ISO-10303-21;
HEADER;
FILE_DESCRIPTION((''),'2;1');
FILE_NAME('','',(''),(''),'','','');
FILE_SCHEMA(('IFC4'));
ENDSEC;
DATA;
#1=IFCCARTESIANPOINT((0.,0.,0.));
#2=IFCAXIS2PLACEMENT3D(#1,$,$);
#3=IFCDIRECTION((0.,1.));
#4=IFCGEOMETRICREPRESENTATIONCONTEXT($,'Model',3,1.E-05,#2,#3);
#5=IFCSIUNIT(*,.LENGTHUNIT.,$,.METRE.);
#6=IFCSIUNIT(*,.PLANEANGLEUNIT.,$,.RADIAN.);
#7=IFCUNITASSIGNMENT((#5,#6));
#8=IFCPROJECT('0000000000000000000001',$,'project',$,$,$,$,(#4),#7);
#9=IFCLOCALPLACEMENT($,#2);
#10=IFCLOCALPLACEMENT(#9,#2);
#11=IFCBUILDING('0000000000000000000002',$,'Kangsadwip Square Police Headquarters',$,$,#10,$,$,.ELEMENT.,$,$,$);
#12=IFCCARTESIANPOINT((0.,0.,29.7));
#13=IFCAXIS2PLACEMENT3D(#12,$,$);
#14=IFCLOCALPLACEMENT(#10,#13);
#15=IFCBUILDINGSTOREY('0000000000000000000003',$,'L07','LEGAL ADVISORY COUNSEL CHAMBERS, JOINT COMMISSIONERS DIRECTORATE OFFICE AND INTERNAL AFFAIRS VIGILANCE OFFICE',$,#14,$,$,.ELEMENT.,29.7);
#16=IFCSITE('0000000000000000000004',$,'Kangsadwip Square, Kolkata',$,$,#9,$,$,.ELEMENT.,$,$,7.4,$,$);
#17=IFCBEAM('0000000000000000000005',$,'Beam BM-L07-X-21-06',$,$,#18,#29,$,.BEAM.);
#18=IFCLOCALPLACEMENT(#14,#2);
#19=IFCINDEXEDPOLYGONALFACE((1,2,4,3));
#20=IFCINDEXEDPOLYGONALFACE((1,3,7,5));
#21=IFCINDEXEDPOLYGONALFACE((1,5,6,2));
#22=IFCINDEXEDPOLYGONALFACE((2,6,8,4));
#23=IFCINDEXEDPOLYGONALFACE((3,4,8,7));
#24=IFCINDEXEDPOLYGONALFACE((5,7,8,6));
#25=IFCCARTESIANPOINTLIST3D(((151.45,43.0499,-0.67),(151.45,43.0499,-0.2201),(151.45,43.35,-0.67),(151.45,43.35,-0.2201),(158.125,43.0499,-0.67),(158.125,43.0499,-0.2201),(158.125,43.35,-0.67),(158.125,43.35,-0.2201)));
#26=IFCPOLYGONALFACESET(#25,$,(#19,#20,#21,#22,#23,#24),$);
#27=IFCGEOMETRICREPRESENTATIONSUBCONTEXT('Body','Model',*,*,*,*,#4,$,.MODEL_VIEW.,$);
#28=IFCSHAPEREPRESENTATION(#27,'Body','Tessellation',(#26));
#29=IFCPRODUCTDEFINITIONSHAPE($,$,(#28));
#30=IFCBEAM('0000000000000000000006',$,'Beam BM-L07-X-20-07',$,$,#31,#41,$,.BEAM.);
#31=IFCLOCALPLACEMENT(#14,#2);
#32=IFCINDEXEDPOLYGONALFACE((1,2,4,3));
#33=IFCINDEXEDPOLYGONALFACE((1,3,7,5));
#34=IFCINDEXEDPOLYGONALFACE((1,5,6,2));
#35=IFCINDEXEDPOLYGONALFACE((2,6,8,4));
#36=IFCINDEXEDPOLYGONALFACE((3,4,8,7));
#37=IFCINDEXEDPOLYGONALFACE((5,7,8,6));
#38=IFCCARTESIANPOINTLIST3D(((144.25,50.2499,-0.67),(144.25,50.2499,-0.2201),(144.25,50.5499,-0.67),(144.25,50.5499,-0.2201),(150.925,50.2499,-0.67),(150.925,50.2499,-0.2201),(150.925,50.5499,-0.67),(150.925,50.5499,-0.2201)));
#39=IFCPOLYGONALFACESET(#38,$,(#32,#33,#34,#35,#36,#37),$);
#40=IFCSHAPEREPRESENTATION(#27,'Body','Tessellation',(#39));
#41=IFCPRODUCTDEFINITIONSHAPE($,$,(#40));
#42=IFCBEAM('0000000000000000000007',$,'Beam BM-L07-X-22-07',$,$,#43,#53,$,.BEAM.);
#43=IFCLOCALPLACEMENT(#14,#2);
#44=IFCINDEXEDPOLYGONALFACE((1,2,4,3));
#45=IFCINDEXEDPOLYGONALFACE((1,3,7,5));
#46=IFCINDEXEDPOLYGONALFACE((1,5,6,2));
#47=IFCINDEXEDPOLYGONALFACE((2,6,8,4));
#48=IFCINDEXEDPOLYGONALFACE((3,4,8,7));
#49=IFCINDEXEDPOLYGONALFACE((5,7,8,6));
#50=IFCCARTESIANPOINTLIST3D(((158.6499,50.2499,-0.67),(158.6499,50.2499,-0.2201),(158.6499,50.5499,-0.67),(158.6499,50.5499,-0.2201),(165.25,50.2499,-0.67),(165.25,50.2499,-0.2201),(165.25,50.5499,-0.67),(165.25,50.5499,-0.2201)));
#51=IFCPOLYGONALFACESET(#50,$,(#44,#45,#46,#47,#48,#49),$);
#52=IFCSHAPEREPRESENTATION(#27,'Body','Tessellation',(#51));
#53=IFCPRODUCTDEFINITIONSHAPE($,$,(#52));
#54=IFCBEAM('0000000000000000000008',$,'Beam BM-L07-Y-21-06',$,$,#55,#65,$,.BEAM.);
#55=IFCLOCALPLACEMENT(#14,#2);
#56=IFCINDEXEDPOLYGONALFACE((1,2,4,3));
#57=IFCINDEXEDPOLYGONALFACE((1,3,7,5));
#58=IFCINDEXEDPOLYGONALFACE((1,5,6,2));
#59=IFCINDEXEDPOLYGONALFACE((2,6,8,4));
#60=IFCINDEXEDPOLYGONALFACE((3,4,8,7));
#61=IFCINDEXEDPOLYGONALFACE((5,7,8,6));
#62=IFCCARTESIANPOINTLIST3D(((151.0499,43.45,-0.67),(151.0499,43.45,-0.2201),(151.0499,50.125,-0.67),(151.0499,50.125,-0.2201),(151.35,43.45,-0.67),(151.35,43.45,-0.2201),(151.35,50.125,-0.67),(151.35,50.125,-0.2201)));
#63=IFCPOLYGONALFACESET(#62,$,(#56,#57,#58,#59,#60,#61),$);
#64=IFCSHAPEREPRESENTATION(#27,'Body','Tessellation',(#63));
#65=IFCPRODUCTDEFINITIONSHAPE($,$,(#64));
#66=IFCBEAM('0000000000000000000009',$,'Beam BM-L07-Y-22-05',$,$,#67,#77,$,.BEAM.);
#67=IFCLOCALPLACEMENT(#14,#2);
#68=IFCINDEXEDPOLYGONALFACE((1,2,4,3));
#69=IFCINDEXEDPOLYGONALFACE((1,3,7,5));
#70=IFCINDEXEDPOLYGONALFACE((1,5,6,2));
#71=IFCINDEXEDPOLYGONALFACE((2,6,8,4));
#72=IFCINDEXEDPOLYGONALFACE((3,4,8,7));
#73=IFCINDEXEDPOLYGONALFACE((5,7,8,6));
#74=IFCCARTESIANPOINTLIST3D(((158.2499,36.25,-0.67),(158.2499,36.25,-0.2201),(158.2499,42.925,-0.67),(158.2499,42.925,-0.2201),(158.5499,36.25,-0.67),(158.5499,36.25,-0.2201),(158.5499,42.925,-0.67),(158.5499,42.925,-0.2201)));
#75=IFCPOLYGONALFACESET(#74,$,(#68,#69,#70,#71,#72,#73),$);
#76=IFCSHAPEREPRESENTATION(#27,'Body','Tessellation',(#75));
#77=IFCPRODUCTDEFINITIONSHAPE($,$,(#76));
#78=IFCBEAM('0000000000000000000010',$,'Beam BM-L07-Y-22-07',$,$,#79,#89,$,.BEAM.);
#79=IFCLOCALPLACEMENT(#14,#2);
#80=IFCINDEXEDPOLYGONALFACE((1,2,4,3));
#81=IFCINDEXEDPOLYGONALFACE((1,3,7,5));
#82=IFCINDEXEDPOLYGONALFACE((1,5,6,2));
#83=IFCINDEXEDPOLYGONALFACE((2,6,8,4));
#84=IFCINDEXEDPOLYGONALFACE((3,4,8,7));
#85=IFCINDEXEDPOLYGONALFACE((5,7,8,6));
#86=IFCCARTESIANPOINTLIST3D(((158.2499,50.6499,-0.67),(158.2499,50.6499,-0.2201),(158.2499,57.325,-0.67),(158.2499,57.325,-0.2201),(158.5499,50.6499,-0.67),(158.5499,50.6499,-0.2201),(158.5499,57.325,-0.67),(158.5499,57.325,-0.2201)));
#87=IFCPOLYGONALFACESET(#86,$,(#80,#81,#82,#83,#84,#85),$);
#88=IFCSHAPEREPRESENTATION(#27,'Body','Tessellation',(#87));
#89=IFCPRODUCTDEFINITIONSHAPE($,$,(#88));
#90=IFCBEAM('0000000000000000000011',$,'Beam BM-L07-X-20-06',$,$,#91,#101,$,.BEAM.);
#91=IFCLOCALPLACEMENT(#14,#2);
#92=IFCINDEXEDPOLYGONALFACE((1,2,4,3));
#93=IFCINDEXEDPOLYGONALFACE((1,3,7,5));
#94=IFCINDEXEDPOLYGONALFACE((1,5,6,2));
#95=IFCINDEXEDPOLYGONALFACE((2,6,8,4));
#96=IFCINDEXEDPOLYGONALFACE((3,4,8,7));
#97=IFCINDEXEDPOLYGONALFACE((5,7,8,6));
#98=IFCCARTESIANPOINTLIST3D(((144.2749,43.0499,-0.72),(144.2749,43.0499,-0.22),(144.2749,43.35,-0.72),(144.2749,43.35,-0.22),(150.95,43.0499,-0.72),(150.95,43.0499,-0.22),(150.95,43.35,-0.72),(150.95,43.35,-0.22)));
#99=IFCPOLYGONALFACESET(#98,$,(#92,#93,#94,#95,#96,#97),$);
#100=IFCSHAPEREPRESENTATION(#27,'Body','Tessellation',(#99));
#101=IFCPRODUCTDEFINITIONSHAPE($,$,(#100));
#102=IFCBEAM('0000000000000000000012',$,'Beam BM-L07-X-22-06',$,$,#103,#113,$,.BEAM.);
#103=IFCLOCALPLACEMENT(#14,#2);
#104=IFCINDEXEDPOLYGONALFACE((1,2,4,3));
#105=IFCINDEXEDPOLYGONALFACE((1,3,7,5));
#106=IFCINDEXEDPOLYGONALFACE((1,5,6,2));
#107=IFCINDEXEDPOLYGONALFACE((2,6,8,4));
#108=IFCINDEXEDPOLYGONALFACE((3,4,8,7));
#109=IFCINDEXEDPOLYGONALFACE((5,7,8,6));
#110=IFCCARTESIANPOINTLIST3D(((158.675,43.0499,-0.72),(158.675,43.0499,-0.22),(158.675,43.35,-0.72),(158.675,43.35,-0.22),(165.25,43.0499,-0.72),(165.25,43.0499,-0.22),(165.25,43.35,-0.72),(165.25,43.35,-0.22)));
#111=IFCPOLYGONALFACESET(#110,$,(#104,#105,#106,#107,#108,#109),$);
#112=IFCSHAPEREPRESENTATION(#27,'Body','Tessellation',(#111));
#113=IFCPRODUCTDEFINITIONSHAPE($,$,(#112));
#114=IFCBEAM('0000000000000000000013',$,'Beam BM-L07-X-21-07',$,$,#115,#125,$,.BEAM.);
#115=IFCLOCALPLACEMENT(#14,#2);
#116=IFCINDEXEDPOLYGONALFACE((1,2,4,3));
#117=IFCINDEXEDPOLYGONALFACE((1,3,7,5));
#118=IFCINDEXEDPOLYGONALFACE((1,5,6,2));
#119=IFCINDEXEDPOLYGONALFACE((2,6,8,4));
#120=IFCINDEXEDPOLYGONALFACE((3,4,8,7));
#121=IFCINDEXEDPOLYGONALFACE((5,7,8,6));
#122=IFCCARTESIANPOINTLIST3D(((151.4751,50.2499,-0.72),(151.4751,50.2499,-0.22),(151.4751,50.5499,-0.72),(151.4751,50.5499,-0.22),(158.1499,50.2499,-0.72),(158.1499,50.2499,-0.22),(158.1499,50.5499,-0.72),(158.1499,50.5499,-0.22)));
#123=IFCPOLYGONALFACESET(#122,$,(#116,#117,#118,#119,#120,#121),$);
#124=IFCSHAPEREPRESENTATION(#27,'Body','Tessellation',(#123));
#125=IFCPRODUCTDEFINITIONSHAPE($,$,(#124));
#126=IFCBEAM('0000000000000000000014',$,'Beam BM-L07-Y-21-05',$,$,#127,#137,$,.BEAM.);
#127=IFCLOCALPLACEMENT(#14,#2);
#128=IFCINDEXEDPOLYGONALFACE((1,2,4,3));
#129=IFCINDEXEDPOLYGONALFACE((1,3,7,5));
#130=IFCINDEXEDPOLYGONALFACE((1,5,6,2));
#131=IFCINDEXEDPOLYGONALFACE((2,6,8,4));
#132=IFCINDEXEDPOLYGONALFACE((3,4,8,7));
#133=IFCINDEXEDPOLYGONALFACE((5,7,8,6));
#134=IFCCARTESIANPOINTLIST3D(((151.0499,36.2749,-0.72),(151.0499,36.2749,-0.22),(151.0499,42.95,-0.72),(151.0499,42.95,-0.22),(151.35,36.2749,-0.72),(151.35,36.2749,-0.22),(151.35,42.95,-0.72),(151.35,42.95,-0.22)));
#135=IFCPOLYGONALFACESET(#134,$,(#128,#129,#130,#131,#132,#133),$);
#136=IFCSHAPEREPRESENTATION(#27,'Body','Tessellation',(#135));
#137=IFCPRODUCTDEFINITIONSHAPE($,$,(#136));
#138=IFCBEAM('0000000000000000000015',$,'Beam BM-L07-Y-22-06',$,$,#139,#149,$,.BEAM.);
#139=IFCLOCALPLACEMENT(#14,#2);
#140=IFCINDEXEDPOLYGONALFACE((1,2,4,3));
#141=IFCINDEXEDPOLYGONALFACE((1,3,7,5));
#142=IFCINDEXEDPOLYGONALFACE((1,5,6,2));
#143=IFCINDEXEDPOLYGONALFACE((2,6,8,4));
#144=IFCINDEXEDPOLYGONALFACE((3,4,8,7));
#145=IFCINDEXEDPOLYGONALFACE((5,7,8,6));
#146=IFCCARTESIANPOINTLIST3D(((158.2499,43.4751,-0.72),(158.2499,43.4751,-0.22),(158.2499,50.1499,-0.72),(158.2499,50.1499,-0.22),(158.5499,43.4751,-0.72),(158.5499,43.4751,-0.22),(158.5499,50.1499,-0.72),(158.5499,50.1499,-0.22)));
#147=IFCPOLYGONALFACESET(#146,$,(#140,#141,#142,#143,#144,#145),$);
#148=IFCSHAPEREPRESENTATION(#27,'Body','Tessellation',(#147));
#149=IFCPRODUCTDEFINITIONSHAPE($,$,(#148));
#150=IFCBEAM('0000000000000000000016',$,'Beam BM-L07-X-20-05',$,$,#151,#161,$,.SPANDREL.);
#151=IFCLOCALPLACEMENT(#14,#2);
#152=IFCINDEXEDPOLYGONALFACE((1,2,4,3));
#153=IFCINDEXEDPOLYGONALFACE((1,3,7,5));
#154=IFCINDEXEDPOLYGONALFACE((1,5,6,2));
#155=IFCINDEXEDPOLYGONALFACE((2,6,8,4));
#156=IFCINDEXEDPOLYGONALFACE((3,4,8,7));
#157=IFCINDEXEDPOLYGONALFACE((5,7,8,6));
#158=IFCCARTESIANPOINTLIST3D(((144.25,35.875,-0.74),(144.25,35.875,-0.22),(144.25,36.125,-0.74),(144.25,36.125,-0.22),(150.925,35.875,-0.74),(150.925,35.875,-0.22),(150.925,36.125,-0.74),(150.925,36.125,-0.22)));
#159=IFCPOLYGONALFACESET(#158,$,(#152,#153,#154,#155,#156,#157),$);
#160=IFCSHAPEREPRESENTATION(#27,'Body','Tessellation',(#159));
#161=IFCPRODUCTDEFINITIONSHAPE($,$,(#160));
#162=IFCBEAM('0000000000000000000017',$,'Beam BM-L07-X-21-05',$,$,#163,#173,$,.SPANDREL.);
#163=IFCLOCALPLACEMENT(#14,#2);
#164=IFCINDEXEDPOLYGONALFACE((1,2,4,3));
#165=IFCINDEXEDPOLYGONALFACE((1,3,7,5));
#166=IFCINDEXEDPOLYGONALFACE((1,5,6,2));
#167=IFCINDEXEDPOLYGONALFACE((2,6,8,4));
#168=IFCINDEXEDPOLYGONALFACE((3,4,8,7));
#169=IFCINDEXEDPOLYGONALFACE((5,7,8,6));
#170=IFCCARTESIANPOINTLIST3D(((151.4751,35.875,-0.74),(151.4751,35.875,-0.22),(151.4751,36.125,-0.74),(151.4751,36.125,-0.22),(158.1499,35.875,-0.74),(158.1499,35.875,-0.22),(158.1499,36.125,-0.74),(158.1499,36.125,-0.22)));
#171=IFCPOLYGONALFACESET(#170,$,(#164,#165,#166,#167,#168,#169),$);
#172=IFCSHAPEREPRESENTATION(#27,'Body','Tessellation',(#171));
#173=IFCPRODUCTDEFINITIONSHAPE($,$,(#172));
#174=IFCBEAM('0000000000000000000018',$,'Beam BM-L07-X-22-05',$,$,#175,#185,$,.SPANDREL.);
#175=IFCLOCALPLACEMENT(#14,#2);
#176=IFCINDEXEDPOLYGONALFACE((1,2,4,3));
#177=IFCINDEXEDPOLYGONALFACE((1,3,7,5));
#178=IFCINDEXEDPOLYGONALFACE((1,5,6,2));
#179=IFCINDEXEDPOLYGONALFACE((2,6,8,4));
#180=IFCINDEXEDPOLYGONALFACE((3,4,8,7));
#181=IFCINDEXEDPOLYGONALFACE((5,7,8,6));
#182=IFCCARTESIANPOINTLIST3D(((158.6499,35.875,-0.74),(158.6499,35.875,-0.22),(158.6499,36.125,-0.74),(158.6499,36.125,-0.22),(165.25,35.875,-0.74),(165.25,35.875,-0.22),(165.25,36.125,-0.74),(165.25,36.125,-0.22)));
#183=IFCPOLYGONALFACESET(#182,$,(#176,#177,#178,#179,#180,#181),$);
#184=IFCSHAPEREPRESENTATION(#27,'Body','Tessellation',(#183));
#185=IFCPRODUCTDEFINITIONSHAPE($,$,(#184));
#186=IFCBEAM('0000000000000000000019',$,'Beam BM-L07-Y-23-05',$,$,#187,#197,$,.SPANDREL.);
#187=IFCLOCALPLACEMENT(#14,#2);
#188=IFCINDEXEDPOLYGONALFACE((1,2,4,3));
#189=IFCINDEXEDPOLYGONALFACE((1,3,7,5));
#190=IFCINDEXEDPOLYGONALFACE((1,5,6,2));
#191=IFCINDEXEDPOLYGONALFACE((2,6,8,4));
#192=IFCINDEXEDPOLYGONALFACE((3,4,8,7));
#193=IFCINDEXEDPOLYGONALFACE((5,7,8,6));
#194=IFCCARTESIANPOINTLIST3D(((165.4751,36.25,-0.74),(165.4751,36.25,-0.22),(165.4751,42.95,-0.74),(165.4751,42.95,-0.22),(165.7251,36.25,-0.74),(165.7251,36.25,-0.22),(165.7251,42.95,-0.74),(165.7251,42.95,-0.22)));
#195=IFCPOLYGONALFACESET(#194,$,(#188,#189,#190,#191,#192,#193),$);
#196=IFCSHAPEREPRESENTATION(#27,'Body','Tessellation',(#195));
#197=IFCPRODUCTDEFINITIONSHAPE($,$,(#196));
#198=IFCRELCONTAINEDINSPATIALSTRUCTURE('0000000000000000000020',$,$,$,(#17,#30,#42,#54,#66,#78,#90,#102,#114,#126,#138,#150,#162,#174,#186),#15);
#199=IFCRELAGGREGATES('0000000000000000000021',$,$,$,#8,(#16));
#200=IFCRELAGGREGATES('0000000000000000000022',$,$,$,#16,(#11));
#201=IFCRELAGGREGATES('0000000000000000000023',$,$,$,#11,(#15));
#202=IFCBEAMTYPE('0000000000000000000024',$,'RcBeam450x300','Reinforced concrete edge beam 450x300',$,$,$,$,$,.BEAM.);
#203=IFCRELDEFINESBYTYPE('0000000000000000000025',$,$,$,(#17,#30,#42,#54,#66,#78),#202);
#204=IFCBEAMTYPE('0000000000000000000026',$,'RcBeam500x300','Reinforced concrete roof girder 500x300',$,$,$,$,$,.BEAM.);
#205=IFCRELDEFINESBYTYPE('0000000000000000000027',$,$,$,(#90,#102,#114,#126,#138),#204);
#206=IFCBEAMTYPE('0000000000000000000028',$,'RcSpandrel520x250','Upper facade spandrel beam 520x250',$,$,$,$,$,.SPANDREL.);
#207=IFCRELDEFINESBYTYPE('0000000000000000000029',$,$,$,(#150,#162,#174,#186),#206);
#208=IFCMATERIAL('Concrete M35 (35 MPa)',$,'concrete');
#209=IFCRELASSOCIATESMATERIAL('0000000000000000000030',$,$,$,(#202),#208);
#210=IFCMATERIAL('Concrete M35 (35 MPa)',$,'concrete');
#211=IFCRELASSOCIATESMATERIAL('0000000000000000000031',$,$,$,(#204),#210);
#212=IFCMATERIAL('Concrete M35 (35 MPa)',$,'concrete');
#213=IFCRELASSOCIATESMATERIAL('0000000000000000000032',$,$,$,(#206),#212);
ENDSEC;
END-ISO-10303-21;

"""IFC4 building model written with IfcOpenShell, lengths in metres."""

from ifc_helpers import new_model, si_unit, direction, frame, origin, origin_2d, place, context, subcontext, project, spatial, rectangle, extrude, material, material_profile, profile_set, type_object, element, save


model = new_model("IFC4")

# Units and contexts
model_context = context("Model", 3, precision=1e-05, world=origin(), true_north=direction((0.0, 1.0)))
body_context = subcontext(model_context, "Body", "Model", "MODEL_VIEW")
ifc_project = project(units=[si_unit("LENGTHUNIT", "METRE"), si_unit("PLANEANGLEUNIT", "RADIAN")], contexts=[model_context])

# Site, building, storey
site_placement = place(None, origin())
site = spatial("IfcSite", under=ifc_project, at=site_placement, Name="Kangsadwip Square, Kolkata", CompositionType="ELEMENT", RefElevation=7.4)
building_placement = place(site_placement, origin())
building = spatial("IfcBuilding", under=site, at=building_placement, Name="Kangsadwip Square Police Headquarters", CompositionType="ELEMENT")
storey_placement = place(building_placement, frame((0.0, 0.0, 29.7)))
storey = spatial("IfcBuildingStorey", under=building, at=storey_placement, Name="L07", Description="LEGAL ADVISORY COUNSEL CHAMBERS, JOINT COMMISSIONERS DIRECTORATE OFFICE AND INTERNAL AFFAIRS VIGILANCE OFFICE", CompositionType="ELEMENT", Elevation=29.7)

# Beams
ifc_material_1 = material(Name="Concrete M35 (35 MPa)", Category="concrete")
ifc_material_profile_1 = material_profile(ifc_material_1, rectangle(XDim=0.3, YDim=0.45, at=origin_2d()), Name="RC BM 450X300")
ifc_profile_set_1 = profile_set([ifc_material_profile_1], Name="Concrete M35 (35 MPa)")
beam_type_1 = type_object("IfcBeamType", Name="RcBeam450x300", Description="Reinforced concrete edge beam 450x300", PredefinedType="BEAM", material=ifc_profile_set_1)
for number, where, z_axis, x_axis, name in (
    (1, (151.45, 43.2, -0.4451), (1.0, 0.0, 0.0), (0.0, 1.0, 0.0), "Beam BM-L07-X-21-06"),
    (2, (144.25, 50.3999, -0.4451), (1.0, 0.0, 0.0), (0.0, 1.0, 0.0), "Beam BM-L07-X-20-07"),
):
    element("IfcBeam", number, at=place(storey_placement, frame(where, z_axis=z_axis, x_axis=x_axis)), inside=storey, type_object=beam_type_1, Name=name, PredefinedType="BEAM", context=body_context, shape_type="SweptSolid", body=[
        extrude(rectangle(XDim=0.3, YDim=0.45, at=origin_2d()), origin(), (0.0, 0.0, 1.0), 6.675),
    ])
beam_1_placement = place(storey_placement, frame((158.6499, 50.3999, -0.4451), z_axis=(1.0, 0.0, 0.0), x_axis=(0.0, 1.0, 0.0)))
element("IfcBeam", 3, at=beam_1_placement, inside=storey, type_object=beam_type_1, Name="Beam BM-L07-X-22-07", PredefinedType="BEAM", context=body_context, shape_type="SweptSolid", body=[
    extrude(rectangle(XDim=0.3, YDim=0.45, at=origin_2d()), origin(), (0.0, 0.0, 1.0), 6.6001),
])
for number, where, z_axis, x_axis, name in (
    (4, (151.2, 43.45, -0.4451), (0.0, 1.0, 0.0), (-1.0, 0.0, 0.0), "Beam BM-L07-Y-21-06"),
    (5, (158.3999, 36.25, -0.4451), (0.0, 1.0, 0.0), (-1.0, 0.0, 0.0), "Beam BM-L07-Y-22-05"),
    (6, (158.3999, 50.6499, -0.4451), (0.0, 1.0, 0.0), (-1.0, 0.0, 0.0), "Beam BM-L07-Y-22-07"),
):
    element("IfcBeam", number, at=place(storey_placement, frame(where, z_axis=z_axis, x_axis=x_axis)), inside=storey, type_object=beam_type_1, Name=name, PredefinedType="BEAM", context=body_context, shape_type="SweptSolid", body=[
        extrude(rectangle(XDim=0.3, YDim=0.45, at=origin_2d()), origin(), (0.0, 0.0, 1.0), 6.675),
    ])
ifc_material_2 = material(Name="Concrete M35 (35 MPa)", Category="concrete")
ifc_material_profile_2 = material_profile(ifc_material_2, rectangle(XDim=0.3, YDim=0.5, at=origin_2d()), Name="RC BM 500X300")
ifc_profile_set_2 = profile_set([ifc_material_profile_2], Name="Concrete M35 (35 MPa)")
beam_type_2 = type_object("IfcBeamType", Name="RcBeam500x300", Description="Reinforced concrete roof girder 500x300", PredefinedType="BEAM", material=ifc_profile_set_2)
beam_2_placement = place(storey_placement, frame((144.2749, 43.2, -0.47), z_axis=(1.0, 0.0, 0.0), x_axis=(0.0, 1.0, 0.0)))
element("IfcBeam", 7, at=beam_2_placement, inside=storey, type_object=beam_type_2, Name="Beam BM-L07-X-20-06", PredefinedType="BEAM", context=body_context, shape_type="SweptSolid", body=[
    extrude(rectangle(XDim=0.3, YDim=0.5, at=origin_2d()), origin(), (0.0, 0.0, 1.0), 6.675),
])
beam_3_placement = place(storey_placement, frame((158.675, 43.2, -0.47), z_axis=(1.0, 0.0, 0.0), x_axis=(0.0, 1.0, 0.0)))
element("IfcBeam", 8, at=beam_3_placement, inside=storey, type_object=beam_type_2, Name="Beam BM-L07-X-22-06", PredefinedType="BEAM", context=body_context, shape_type="SweptSolid", body=[
    extrude(rectangle(XDim=0.3, YDim=0.5, at=origin_2d()), origin(), (0.0, 0.0, 1.0), 6.575),
])
beam_4_placement = place(storey_placement, frame((151.4751, 50.3999, -0.47), z_axis=(1.0, 0.0, 0.0), x_axis=(0.0, 1.0, 0.0)))
element("IfcBeam", 9, at=beam_4_placement, inside=storey, type_object=beam_type_2, Name="Beam BM-L07-X-21-07", PredefinedType="BEAM", context=body_context, shape_type="SweptSolid", body=[
    extrude(rectangle(XDim=0.3, YDim=0.5, at=origin_2d()), origin(), (0.0, 0.0, 1.0), 6.6748),
])
beam_5_placement = place(storey_placement, frame((151.2, 36.2749, -0.47), z_axis=(0.0, 1.0, 0.0), x_axis=(-1.0, 0.0, 0.0)))
element("IfcBeam", 10, at=beam_5_placement, inside=storey, type_object=beam_type_2, Name="Beam BM-L07-Y-21-05", PredefinedType="BEAM", context=body_context, shape_type="SweptSolid", body=[
    extrude(rectangle(XDim=0.3, YDim=0.5, at=origin_2d()), origin(), (0.0, 0.0, 1.0), 6.675),
])
beam_6_placement = place(storey_placement, frame((158.3999, 43.4751, -0.47), z_axis=(0.0, 1.0, 0.0), x_axis=(-1.0, 0.0, 0.0)))
element("IfcBeam", 11, at=beam_6_placement, inside=storey, type_object=beam_type_2, Name="Beam BM-L07-Y-22-06", PredefinedType="BEAM", context=body_context, shape_type="SweptSolid", body=[
    extrude(rectangle(XDim=0.3, YDim=0.5, at=origin_2d()), origin(), (0.0, 0.0, 1.0), 6.6748),
])
ifc_material_3 = material(Name="Concrete M35 (35 MPa)", Category="concrete")
ifc_material_profile_3 = material_profile(ifc_material_3, rectangle(XDim=0.25, YDim=0.52, at=origin_2d()), Name="RC SPN 520X250")
ifc_profile_set_3 = profile_set([ifc_material_profile_3], Name="Concrete M35 (35 MPa)")
beam_type_3 = type_object("IfcBeamType", Name="RcSpandrel520x250", Description="Upper facade spandrel beam 520x250", PredefinedType="SPANDREL", material=ifc_profile_set_3)
beam_7_placement = place(storey_placement, frame((144.25, 36.0, -0.48), z_axis=(1.0, 0.0, 0.0), x_axis=(0.0, 1.0, 0.0)))
element("IfcBeam", 12, at=beam_7_placement, inside=storey, type_object=beam_type_3, Name="Beam BM-L07-X-20-05", PredefinedType="SPANDREL", context=body_context, shape_type="SweptSolid", body=[
    extrude(rectangle(XDim=0.25, YDim=0.52, at=origin_2d()), origin(), (0.0, 0.0, 1.0), 6.675),
])
beam_8_placement = place(storey_placement, frame((151.4751, 36.0, -0.48), z_axis=(1.0, 0.0, 0.0), x_axis=(0.0, 1.0, 0.0)))
element("IfcBeam", 13, at=beam_8_placement, inside=storey, type_object=beam_type_3, Name="Beam BM-L07-X-21-05", PredefinedType="SPANDREL", context=body_context, shape_type="SweptSolid", body=[
    extrude(rectangle(XDim=0.25, YDim=0.52, at=origin_2d()), origin(), (0.0, 0.0, 1.0), 6.6748),
])
beam_9_placement = place(storey_placement, frame((158.6499, 36.0, -0.48), z_axis=(1.0, 0.0, 0.0), x_axis=(0.0, 1.0, 0.0)))
element("IfcBeam", 14, at=beam_9_placement, inside=storey, type_object=beam_type_3, Name="Beam BM-L07-X-22-05", PredefinedType="SPANDREL", context=body_context, shape_type="SweptSolid", body=[
    extrude(rectangle(XDim=0.25, YDim=0.52, at=origin_2d()), origin(), (0.0, 0.0, 1.0), 6.6001),
])
for number, where, z_axis, x_axis, name in (
    (15, (165.6001, 36.25, -0.48), (0.0, 1.0, 0.0), (-1.0, 0.0, 0.0), "Beam BM-L07-Y-23-05"),
):
    element("IfcBeam", number, at=place(storey_placement, frame(where, z_axis=z_axis, x_axis=x_axis)), inside=storey, type_object=beam_type_3, Name=name, PredefinedType="SPANDREL", context=body_context, shape_type="SweptSolid", body=[
        extrude(rectangle(XDim=0.25, YDim=0.52, at=origin_2d()), origin(), (0.0, 0.0, 1.0), 6.7),
    ])

save(model, "model.ifc")
